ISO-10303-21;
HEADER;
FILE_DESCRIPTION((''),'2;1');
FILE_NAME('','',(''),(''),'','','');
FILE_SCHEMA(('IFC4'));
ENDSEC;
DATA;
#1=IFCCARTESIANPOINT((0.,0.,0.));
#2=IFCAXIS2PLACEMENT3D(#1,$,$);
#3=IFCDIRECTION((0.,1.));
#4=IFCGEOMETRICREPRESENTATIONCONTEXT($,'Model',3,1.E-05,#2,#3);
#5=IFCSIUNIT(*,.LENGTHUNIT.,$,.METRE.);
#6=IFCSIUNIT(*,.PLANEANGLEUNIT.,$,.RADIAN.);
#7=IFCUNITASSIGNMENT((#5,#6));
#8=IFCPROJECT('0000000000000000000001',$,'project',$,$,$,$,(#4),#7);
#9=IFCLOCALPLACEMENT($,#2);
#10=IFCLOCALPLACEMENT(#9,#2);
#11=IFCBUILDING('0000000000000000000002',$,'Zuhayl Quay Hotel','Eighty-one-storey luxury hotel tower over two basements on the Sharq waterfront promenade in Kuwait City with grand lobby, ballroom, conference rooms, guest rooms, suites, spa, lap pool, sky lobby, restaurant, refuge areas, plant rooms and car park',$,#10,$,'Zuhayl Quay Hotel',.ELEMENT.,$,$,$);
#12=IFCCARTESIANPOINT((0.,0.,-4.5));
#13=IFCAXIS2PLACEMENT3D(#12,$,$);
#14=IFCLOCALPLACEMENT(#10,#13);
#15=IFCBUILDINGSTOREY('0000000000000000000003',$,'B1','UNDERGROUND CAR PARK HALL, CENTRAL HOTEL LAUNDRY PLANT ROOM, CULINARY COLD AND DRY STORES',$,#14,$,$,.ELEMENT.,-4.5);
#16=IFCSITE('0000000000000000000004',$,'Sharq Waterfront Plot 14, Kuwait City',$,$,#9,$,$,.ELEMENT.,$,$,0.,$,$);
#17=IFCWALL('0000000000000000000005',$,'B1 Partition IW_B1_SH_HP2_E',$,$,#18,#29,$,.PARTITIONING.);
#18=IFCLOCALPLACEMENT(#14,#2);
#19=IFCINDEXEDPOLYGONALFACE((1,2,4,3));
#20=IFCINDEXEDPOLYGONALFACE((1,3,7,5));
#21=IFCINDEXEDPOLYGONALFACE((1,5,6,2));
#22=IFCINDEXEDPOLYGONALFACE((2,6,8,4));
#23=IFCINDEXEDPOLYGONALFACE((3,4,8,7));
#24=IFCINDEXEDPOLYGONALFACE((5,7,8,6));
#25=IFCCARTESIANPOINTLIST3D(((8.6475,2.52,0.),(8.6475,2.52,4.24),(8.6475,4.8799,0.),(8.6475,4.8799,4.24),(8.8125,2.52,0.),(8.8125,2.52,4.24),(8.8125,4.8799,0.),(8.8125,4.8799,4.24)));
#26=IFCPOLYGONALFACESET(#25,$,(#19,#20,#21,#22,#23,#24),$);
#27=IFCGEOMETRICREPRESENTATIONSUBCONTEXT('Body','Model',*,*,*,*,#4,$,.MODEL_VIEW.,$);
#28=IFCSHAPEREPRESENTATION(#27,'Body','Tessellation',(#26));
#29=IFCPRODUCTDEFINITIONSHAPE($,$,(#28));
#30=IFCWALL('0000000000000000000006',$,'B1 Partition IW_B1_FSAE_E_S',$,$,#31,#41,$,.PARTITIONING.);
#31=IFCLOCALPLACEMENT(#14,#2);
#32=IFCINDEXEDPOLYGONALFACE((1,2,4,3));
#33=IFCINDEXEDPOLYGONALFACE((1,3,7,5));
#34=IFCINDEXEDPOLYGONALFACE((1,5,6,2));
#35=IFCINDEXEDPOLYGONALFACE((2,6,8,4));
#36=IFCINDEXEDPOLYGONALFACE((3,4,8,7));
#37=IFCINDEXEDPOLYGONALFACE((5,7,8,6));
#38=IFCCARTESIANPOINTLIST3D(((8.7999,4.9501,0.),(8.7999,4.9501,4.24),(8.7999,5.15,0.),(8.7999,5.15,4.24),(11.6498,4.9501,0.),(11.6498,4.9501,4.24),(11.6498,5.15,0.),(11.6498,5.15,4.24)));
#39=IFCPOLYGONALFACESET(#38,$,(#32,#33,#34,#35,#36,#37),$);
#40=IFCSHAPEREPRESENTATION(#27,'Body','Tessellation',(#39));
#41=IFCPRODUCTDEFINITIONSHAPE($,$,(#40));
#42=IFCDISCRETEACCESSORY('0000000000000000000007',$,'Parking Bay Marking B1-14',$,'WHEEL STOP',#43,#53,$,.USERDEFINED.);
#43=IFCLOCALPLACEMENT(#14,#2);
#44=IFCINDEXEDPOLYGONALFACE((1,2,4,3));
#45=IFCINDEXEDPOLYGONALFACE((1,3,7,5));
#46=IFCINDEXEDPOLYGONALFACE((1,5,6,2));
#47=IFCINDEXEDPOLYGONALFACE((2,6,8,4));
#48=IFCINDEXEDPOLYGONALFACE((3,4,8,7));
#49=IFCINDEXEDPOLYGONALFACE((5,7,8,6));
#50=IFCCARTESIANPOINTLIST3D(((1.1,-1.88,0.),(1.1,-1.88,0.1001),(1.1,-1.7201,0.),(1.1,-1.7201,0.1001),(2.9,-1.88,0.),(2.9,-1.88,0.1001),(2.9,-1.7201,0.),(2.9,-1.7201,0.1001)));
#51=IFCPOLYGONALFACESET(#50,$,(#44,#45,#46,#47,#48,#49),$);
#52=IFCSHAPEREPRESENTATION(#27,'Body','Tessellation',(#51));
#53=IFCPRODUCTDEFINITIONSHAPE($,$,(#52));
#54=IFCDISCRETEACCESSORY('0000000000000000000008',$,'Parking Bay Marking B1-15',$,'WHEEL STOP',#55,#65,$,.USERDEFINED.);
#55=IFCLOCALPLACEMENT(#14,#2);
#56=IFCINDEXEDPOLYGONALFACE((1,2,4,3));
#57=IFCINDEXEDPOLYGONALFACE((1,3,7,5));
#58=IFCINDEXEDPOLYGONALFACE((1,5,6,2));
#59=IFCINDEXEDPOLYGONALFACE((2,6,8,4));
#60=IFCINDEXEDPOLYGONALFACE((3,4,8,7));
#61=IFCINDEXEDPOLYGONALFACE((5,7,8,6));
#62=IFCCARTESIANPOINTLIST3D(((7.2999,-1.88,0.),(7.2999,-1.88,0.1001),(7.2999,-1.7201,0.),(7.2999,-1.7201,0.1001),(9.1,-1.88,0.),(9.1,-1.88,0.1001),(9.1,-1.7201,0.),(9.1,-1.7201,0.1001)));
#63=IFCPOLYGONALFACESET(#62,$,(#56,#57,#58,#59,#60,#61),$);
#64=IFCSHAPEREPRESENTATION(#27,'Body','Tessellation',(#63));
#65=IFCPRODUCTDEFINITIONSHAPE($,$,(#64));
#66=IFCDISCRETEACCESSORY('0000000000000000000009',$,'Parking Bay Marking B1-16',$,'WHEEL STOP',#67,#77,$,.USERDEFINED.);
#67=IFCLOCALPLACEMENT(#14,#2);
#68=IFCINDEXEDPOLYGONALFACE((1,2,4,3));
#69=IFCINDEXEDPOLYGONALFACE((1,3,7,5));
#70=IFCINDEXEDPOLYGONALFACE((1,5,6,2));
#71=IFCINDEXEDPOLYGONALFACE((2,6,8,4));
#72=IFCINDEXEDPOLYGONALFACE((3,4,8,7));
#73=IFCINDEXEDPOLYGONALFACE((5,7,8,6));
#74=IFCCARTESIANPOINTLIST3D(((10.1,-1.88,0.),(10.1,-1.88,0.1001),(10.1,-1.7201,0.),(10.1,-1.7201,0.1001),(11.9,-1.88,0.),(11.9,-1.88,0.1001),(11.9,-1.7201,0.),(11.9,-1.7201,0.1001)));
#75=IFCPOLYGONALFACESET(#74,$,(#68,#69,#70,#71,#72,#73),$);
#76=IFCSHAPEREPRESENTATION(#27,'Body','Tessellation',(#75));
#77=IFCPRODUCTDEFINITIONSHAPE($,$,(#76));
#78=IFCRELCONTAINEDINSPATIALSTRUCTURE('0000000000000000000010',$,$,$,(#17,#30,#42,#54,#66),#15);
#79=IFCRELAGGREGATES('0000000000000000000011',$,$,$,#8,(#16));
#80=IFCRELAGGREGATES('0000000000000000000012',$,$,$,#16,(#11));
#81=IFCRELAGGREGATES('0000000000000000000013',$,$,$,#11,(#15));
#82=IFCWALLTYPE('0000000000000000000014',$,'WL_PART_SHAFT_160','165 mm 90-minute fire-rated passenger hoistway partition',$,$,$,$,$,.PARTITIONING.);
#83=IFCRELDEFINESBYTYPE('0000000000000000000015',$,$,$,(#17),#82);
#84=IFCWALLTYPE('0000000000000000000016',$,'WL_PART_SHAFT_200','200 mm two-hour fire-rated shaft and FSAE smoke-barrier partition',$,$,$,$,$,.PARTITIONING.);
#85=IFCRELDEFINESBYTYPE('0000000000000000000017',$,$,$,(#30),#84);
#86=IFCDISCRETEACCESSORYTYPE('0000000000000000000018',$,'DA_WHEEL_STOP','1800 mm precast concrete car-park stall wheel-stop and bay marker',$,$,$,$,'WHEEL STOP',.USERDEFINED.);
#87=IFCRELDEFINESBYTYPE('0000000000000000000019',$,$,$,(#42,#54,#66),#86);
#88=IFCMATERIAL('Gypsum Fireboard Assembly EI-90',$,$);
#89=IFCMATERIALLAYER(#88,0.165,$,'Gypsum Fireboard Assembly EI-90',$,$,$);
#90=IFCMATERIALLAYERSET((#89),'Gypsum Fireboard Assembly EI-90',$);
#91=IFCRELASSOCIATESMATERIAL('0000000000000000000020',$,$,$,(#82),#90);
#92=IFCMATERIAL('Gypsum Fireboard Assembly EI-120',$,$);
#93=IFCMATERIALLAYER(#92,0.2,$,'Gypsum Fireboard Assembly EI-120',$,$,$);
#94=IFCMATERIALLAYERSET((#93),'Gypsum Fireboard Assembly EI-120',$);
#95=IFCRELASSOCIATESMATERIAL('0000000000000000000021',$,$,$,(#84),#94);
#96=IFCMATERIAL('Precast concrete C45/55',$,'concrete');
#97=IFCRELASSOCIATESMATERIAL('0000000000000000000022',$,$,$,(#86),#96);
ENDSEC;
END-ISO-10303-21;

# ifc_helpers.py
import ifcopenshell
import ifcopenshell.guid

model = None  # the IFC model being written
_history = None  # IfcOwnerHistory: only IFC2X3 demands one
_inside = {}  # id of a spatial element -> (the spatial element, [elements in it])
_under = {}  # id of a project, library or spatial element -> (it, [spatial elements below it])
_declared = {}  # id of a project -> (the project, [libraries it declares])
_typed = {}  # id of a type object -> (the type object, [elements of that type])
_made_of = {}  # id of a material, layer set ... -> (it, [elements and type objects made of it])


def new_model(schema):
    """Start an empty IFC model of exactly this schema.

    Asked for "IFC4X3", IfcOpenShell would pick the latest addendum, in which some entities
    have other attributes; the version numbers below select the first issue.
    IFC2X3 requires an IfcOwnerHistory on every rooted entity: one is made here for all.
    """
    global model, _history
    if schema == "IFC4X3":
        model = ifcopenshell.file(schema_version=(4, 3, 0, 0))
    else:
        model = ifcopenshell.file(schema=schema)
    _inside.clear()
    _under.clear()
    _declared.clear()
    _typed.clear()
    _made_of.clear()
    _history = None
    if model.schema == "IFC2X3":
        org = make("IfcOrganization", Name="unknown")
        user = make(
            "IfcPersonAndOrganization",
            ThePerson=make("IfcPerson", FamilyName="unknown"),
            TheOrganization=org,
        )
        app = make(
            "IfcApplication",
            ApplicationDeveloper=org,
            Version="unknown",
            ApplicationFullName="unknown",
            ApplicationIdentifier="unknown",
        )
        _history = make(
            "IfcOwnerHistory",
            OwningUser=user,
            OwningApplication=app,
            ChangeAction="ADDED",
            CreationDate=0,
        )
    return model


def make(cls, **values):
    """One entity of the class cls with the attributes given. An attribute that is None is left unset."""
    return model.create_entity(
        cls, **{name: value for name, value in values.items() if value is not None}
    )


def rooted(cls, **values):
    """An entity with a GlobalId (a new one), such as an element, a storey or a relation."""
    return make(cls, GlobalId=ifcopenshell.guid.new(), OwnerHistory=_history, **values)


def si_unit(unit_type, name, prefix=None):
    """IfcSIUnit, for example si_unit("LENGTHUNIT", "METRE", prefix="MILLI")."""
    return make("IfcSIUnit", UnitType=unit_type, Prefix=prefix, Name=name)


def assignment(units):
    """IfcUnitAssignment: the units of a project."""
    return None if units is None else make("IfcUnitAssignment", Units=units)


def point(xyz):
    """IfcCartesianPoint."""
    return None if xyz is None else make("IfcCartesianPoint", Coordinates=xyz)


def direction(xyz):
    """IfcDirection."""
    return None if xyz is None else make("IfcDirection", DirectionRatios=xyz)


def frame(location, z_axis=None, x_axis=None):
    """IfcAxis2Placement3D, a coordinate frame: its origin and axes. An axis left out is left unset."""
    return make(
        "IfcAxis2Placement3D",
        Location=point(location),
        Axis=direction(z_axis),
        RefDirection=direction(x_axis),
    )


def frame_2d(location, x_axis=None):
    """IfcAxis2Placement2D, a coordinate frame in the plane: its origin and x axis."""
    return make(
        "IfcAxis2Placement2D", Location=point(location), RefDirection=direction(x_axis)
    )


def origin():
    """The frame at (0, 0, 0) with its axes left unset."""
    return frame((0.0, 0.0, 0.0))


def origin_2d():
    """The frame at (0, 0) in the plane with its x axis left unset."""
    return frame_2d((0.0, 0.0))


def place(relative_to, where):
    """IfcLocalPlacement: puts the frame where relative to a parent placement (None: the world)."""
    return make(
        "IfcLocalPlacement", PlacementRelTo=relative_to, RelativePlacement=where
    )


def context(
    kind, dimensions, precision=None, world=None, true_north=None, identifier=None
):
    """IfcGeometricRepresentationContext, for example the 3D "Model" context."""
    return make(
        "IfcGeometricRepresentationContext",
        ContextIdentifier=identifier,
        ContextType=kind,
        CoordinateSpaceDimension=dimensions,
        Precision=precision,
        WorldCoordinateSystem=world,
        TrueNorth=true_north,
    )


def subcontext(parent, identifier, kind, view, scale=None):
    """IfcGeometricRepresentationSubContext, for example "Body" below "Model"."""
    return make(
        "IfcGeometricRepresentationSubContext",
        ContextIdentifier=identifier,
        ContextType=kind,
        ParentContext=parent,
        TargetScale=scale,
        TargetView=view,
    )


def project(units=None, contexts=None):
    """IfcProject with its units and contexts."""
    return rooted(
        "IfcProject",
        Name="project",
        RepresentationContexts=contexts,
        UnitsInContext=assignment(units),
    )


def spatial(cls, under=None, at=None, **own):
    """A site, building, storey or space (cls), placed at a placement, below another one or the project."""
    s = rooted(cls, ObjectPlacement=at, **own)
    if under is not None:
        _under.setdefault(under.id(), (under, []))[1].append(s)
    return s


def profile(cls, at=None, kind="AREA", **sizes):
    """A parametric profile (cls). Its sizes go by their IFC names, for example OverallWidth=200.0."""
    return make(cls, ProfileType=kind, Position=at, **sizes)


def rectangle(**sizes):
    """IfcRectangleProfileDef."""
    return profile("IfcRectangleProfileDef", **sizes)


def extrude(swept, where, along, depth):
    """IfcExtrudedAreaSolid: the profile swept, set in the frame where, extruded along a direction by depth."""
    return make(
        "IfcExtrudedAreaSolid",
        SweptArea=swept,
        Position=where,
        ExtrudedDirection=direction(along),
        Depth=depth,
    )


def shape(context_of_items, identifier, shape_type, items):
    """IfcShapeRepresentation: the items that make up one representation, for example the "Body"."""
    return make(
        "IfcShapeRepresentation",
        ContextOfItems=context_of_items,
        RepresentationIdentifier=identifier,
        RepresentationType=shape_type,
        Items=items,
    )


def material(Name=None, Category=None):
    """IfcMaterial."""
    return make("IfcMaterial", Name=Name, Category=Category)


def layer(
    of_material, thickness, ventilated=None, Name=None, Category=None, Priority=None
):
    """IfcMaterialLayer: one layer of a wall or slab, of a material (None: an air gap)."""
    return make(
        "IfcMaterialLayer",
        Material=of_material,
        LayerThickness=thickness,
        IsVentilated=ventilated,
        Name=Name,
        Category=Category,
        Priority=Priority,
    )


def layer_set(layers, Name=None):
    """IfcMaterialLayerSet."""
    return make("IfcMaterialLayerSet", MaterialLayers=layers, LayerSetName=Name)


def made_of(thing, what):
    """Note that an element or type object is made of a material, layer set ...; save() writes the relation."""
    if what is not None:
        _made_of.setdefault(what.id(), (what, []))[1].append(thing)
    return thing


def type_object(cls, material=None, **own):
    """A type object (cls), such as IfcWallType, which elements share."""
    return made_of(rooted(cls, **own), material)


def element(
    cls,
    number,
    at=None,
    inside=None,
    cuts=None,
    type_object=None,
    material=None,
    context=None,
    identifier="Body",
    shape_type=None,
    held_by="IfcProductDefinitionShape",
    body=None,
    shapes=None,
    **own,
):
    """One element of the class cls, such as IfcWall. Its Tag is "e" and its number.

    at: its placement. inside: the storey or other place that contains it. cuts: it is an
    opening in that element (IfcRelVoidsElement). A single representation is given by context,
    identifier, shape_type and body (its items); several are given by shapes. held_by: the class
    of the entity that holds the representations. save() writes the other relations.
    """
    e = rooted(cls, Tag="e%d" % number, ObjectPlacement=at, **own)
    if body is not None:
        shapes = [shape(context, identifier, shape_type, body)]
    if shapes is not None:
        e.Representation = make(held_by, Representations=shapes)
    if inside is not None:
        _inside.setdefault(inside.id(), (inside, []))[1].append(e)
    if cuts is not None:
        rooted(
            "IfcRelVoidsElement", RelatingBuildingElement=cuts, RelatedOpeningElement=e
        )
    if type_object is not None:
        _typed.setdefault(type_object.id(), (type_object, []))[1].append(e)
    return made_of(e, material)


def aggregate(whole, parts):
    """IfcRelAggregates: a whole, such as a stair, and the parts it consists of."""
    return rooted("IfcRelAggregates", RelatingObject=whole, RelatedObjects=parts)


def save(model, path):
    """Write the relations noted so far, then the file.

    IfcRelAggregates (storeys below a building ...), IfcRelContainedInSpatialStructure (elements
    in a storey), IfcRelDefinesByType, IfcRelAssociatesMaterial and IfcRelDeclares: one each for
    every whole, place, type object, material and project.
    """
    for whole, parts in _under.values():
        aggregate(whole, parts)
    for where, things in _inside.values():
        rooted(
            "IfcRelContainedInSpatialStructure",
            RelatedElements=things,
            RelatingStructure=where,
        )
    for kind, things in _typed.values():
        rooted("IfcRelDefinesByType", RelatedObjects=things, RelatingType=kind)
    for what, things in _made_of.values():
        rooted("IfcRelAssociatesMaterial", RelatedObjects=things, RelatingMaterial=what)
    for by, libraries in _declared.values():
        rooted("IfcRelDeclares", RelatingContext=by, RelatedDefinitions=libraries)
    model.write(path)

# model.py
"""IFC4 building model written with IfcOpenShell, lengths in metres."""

from ifc_helpers import new_model, si_unit, direction, frame, frame_2d, origin, origin_2d, place, context, subcontext, project, spatial, rectangle, extrude, material, layer, layer_set, type_object, element, save


model = new_model("IFC4")

# Units and contexts
model_context = context("Model", 3, precision=1e-05, world=origin(), true_north=direction((0.0, 1.0)))
body_context = subcontext(model_context, "Body", "Model", "MODEL_VIEW")
ifc_project = project(units=[si_unit("LENGTHUNIT", "METRE"), si_unit("PLANEANGLEUNIT", "RADIAN")], contexts=[model_context])

# Site, building, storey
site_placement = place(None, origin())
site = spatial("IfcSite", under=ifc_project, at=site_placement, Name="Sharq Waterfront Plot 14, Kuwait City", CompositionType="ELEMENT", RefElevation=0.0)
building_placement = place(site_placement, origin())
building = spatial("IfcBuilding", under=site, at=building_placement, Name="Zuhayl Quay Hotel", Description="Eighty-one-storey luxury hotel tower over two basements on the Sharq waterfront promenade in Kuwait City with grand lobby, ballroom, conference rooms, guest rooms, suites, spa, lap pool, sky lobby, restaurant, refuge areas, plant rooms and car park", LongName="Zuhayl Quay Hotel", CompositionType="ELEMENT")
storey_placement = place(building_placement, frame((0.0, 0.0, -4.5)))
storey = spatial("IfcBuildingStorey", under=building, at=storey_placement, Name="B1", Description="UNDERGROUND CAR PARK HALL, CENTRAL HOTEL LAUNDRY PLANT ROOM, CULINARY COLD AND DRY STORES", CompositionType="ELEMENT", Elevation=-4.5)

# Walls
ifc_material_1 = material(Name="Gypsum Fireboard Assembly EI-90")
ifc_layer_1 = layer(ifc_material_1, 0.165, Name="Gypsum Fireboard Assembly EI-90")
ifc_layer_set_1 = layer_set([ifc_layer_1], Name="Gypsum Fireboard Assembly EI-90")
wall_type_1 = type_object("IfcWallType", Name="WL_PART_SHAFT_160", Description="165 mm 90-minute fire-rated passenger hoistway partition", PredefinedType="PARTITIONING", material=ifc_layer_set_1)
wall_1_placement = place(storey_placement, frame((8.73, 2.52, 0.0), z_axis=(0.0, 0.0, 1.0), x_axis=(0.0, 1.0, 0.0)))
element("IfcWall", 1, at=wall_1_placement, inside=storey, type_object=wall_type_1, Name="B1 Partition IW_B1_SH_HP2_E", PredefinedType="PARTITIONING", context=body_context, shape_type="SweptSolid", body=[
    extrude(rectangle(XDim=2.3599, YDim=0.165, at=frame_2d((1.1799, 0.0))), origin(), (0.0, 0.0, 1.0), 4.24),
])
ifc_material_2 = material(Name="Gypsum Fireboard Assembly EI-120")
ifc_layer_2 = layer(ifc_material_2, 0.2, Name="Gypsum Fireboard Assembly EI-120")
ifc_layer_set_2 = layer_set([ifc_layer_2], Name="Gypsum Fireboard Assembly EI-120")
wall_type_2 = type_object("IfcWallType", Name="WL_PART_SHAFT_200", Description="200 mm two-hour fire-rated shaft and FSAE smoke-barrier partition", PredefinedType="PARTITIONING", material=ifc_layer_set_2)
wall_2_placement = place(storey_placement, frame((8.8, 5.05, 0.0), z_axis=(0.0, 0.0, 1.0), x_axis=(1.0, 0.0, 0.0)))
element("IfcWall", 2, at=wall_2_placement, inside=storey, type_object=wall_type_2, Name="B1 Partition IW_B1_FSAE_E_S", PredefinedType="PARTITIONING", context=body_context, shape_type="SweptSolid", body=[
    extrude(rectangle(XDim=2.8499, YDim=0.2, at=frame_2d((1.4248, 0.0))), origin(), (0.0, 0.0, 1.0), 4.24),
])

# Discrete accessories
ifc_material_3 = material(Name="Precast concrete C45/55", Category="concrete")
discrete_accessory_type = type_object("IfcDiscreteAccessoryType", Name="DA_WHEEL_STOP", Description="1800 mm precast concrete car-park stall wheel-stop and bay marker", ElementType="WHEEL STOP", PredefinedType="USERDEFINED", material=ifc_material_3)
for number, where, z_axis, x_axis, name in (
    (3, (2.0, -1.8, 0.0), (0.0, 0.0, 1.0), (1.0, 0.0, 0.0), "Parking Bay Marking B1-14"),
    (4, (8.2, -1.8, 0.0), (0.0, 0.0, 1.0), (1.0, 0.0, 0.0), "Parking Bay Marking B1-15"),
    (5, (11.0, -1.8, 0.0), (0.0, 0.0, 1.0), (1.0, 0.0, 0.0), "Parking Bay Marking B1-16"),
):
    element("IfcDiscreteAccessory", number, at=place(storey_placement, frame(where, z_axis=z_axis, x_axis=x_axis)), inside=storey, type_object=discrete_accessory_type, Name=name, ObjectType="WHEEL STOP", PredefinedType="USERDEFINED", context=body_context, shape_type="SweptSolid", body=[
        extrude(rectangle(XDim=1.8, YDim=0.1599, at=origin_2d()), origin(), (0.0, 0.0, 1.0), 0.1001),
    ])

save(model, "model.ifc")
